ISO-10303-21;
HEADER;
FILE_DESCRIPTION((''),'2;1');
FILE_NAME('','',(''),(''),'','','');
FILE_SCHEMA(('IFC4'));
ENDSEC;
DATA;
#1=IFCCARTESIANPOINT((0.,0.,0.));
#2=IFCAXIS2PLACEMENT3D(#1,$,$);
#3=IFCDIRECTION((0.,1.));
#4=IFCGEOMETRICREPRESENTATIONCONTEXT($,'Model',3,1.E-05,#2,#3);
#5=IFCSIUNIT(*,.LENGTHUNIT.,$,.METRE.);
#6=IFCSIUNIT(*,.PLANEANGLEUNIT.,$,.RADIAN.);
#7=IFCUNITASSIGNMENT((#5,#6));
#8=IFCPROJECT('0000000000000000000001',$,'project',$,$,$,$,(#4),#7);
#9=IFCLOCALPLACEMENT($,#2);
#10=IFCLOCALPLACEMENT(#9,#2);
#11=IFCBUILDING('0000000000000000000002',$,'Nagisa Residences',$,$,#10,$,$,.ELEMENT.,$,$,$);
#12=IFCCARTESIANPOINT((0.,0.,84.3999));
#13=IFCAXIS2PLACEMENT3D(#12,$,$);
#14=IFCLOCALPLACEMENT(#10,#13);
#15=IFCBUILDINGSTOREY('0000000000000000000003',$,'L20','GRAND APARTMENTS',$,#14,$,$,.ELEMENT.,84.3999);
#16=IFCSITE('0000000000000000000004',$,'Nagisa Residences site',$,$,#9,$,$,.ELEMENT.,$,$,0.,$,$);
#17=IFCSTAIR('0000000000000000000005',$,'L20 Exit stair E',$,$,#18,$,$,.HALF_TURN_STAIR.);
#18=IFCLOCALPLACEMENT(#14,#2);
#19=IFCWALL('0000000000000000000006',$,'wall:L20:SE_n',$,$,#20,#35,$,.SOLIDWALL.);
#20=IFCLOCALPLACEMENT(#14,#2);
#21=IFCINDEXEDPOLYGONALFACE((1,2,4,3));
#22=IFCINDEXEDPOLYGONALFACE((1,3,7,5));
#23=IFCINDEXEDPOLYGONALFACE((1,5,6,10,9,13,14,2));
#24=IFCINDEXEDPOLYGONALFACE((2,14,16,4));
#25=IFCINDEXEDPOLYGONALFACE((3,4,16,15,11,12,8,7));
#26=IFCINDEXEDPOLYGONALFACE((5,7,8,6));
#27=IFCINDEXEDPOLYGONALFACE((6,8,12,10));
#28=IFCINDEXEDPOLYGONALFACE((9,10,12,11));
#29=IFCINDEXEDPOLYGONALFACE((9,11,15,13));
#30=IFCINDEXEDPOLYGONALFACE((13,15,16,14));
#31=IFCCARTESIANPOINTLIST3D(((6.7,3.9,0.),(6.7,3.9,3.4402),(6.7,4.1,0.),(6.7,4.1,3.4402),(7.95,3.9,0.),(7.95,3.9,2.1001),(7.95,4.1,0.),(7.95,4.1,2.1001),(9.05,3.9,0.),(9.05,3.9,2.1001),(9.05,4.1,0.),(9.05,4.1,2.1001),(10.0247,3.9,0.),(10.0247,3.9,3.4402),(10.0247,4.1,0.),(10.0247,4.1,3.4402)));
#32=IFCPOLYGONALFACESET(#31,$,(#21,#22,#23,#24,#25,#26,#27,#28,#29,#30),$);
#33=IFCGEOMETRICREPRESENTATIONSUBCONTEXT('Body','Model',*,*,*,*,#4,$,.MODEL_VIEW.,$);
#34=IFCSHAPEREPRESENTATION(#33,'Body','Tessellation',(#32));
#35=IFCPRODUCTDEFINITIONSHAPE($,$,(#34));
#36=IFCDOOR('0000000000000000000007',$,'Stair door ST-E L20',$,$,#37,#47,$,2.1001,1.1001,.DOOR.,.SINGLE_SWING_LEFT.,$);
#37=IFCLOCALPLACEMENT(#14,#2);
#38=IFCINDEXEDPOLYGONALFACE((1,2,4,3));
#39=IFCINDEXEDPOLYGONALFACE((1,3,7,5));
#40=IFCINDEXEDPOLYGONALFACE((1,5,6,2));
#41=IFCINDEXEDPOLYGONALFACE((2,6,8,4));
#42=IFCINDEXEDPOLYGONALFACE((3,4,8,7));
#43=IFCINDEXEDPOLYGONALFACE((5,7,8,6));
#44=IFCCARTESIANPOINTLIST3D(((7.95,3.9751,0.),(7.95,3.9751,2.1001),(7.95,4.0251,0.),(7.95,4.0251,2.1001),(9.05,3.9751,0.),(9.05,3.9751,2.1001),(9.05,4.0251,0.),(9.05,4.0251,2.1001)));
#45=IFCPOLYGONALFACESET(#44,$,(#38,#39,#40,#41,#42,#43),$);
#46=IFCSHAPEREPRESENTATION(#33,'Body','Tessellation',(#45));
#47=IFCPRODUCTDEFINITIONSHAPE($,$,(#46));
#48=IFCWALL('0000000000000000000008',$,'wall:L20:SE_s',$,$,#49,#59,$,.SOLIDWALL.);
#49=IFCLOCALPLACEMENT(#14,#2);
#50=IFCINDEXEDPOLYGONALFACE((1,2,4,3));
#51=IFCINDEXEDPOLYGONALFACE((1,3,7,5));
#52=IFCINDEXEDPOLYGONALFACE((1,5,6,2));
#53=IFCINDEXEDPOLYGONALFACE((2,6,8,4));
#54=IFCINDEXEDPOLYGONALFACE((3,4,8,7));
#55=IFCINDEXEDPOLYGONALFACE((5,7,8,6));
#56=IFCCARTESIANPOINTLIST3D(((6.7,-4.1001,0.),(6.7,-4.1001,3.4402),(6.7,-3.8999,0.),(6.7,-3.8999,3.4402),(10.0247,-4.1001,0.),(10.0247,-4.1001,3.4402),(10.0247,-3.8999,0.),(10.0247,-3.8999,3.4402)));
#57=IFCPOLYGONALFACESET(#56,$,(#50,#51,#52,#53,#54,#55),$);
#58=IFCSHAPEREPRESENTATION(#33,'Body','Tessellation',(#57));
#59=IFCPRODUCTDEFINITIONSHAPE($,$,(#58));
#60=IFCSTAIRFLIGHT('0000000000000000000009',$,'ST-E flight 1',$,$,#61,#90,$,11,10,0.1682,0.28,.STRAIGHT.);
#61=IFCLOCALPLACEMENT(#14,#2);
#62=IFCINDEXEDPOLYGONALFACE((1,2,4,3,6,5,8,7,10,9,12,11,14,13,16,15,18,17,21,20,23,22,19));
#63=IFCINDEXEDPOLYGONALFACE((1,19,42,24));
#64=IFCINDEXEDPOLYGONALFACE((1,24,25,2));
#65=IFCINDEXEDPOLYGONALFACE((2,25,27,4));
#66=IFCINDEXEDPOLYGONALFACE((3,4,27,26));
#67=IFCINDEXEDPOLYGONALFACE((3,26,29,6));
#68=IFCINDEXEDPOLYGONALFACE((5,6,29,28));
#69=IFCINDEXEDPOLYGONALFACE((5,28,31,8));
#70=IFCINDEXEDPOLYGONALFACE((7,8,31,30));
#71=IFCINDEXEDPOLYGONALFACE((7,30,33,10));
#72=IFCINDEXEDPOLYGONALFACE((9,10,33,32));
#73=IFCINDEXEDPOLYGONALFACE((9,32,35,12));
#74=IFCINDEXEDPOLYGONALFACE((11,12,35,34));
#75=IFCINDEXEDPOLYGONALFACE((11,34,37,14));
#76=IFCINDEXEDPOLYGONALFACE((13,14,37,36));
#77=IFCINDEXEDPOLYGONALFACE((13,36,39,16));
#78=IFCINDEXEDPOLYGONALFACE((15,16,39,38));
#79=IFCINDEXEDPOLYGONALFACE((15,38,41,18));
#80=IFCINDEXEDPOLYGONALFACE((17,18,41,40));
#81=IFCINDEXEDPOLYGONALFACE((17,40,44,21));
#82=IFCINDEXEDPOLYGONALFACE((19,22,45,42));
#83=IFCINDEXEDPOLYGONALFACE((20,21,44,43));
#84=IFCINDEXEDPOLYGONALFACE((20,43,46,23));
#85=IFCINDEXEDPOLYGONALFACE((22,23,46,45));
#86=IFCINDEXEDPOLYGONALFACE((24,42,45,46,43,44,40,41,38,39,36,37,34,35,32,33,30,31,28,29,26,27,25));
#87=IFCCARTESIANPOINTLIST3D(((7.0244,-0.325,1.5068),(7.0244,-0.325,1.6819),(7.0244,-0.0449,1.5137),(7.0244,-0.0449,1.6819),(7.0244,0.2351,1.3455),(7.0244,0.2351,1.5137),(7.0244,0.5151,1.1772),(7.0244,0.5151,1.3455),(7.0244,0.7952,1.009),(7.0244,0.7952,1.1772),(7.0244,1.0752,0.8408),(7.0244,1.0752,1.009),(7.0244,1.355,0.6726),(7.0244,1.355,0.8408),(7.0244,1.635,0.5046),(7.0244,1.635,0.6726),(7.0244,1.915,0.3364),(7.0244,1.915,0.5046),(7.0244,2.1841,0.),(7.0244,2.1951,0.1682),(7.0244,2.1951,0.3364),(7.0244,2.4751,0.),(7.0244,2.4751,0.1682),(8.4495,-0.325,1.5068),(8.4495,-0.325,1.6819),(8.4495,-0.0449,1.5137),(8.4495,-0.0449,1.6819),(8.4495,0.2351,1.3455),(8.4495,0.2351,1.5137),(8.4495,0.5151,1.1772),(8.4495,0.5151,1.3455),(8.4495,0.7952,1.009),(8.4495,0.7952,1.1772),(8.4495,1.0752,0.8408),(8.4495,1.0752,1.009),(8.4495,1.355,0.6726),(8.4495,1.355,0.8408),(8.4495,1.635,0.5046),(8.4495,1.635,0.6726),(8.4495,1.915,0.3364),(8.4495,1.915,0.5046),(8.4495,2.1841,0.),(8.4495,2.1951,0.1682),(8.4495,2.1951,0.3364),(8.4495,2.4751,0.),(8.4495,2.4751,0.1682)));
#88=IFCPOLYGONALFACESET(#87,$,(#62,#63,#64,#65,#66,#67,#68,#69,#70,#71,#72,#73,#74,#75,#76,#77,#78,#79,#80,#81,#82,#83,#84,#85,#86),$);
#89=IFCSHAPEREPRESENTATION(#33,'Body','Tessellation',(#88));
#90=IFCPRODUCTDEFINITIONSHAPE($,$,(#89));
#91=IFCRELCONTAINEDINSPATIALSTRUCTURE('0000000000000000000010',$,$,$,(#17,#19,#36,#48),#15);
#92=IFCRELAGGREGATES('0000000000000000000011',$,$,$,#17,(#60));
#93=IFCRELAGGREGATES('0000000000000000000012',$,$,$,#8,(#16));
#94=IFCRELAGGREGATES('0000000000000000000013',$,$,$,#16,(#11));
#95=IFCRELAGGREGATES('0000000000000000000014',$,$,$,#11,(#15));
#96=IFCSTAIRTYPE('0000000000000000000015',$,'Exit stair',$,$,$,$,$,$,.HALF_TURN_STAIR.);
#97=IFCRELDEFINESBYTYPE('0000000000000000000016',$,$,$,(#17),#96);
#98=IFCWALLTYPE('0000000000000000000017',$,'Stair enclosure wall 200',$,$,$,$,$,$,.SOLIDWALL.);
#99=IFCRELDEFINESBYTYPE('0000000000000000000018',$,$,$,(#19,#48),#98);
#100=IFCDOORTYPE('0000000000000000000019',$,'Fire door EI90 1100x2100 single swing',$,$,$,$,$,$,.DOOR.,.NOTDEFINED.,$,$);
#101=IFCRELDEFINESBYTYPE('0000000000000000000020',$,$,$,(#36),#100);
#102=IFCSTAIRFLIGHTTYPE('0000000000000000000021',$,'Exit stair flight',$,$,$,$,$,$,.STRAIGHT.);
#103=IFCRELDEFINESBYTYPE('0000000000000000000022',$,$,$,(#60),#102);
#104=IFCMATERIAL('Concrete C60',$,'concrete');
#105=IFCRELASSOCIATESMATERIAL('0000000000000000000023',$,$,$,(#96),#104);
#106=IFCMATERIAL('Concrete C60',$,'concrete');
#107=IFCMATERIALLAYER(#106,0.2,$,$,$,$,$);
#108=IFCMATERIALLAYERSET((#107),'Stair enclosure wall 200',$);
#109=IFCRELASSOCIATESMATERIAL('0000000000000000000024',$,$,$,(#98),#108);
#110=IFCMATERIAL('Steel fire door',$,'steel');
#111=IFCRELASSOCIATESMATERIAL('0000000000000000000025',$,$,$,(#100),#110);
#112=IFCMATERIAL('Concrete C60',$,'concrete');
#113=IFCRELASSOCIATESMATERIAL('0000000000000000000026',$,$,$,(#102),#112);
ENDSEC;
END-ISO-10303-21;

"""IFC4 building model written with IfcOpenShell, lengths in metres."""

from ifc_helpers import new_model, si_unit, direction, frame, frame_2d, origin, place, context, subcontext, project, spatial, polyline, rectangle, outline, extrude, material, layer, layer_set, type_object, element, fill, aggregate, save


model = new_model("IFC4")

# Units and contexts
model_context = context("Model", 3, precision=1e-05, world=origin(), true_north=direction((0.0, 1.0)))
body_context = subcontext(model_context, "Body", "Model", "MODEL_VIEW")
ifc_project = project(units=[si_unit("LENGTHUNIT", "METRE"), si_unit("PLANEANGLEUNIT", "RADIAN")], contexts=[model_context])

# Site, building, storey
site_placement = place(None, origin())
site = spatial("IfcSite", under=ifc_project, at=site_placement, Name="Nagisa Residences site", CompositionType="ELEMENT", RefElevation=0.0)
building_placement = place(site_placement, origin())
building = spatial("IfcBuilding", under=site, at=building_placement, Name="Nagisa Residences", CompositionType="ELEMENT")
storey_placement = place(building_placement, frame((0.0, 0.0, 84.3999)))
storey = spatial("IfcBuildingStorey", under=building, at=storey_placement, Name="L20", Description="GRAND APARTMENTS", CompositionType="ELEMENT", Elevation=84.3999)

# Stair
ifc_material_1 = material(Name="Concrete C60", Category="concrete")
stair_type = type_object("IfcStairType", Name="Exit stair", PredefinedType="HALF_TURN_STAIR", material=ifc_material_1)
stair_1_placement = place(storey_placement, origin())
stair_1 = element("IfcStair", 1, at=stair_1_placement, inside=storey, type_object=stair_type, Name="L20 Exit stair E", PredefinedType="HALF_TURN_STAIR")

# Wall, opening, door
ifc_material_2 = material(Name="Concrete C60", Category="concrete")
ifc_layer_1 = layer(ifc_material_2, 0.2)
ifc_layer_set_1 = layer_set([ifc_layer_1], Name="Stair enclosure wall 200")
wall_type_1 = type_object("IfcWallType", Name="Stair enclosure wall 200", PredefinedType="SOLIDWALL", material=ifc_layer_set_1)
wall_1_placement = place(storey_placement, frame((6.7, 4.0, 0.0), z_axis=(0.0, 0.0, 1.0), x_axis=(1.0, 0.0, 0.0)))
wall_1 = element("IfcWall", 2, at=wall_1_placement, inside=storey, type_object=wall_type_1, Name="wall:L20:SE_n", PredefinedType="SOLIDWALL", context=body_context, shape_type="SweptSolid", body=[
    extrude(rectangle(XDim=3.3247, YDim=0.2, at=frame_2d((1.6624, 0.0))), origin(), (0.0, 0.0, 1.0), 3.4402),
])
opening_1_placement = place(wall_1_placement, frame((1.25, 0.0, 0.0)))
opening_1 = element("IfcOpeningElement", 3, at=opening_1_placement, cuts=wall_1, PredefinedType="OPENING", context=body_context, shape_type="SweptSolid", body=[
    extrude(rectangle(XDim=1.1001, YDim=2.1001, at=frame_2d((0.55, 1.05))), frame((0.0, 0.1099, 0.0), z_axis=(0.0, -1.0, 0.0), x_axis=(1.0, 0.0, 0.0)), (0.0, 0.0, 1.0), 0.22),
])
ifc_material_3 = material(Name="Steel fire door", Category="steel")
door_type_1 = type_object("IfcDoorType", Name="Fire door EI90 1100x2100 single swing", OperationType="NOTDEFINED", PredefinedType="DOOR", material=ifc_material_3)
door_1_placement = place(opening_1_placement, frame((1.1001, 0.0, 0.0), x_axis=(-1.0, 0.0, 0.0)))
door_1 = element("IfcDoor", 4, at=door_1_placement, inside=storey, type_object=door_type_1, Name="Stair door ST-E L20", OperationType="SINGLE_SWING_LEFT", OverallHeight=2.1001, OverallWidth=1.1001, PredefinedType="DOOR", context=body_context, shape_type="SweptSolid", body=[
    extrude(rectangle(XDim=1.1001, YDim=2.1001, at=frame_2d((0.55, 1.05))), frame((0.0, 0.0249, 0.0), z_axis=(0.0, -1.0, 0.0), x_axis=(1.0, 0.0, 0.0)), (0.0, 0.0, 1.0), 0.05),
])
fill(opening_1, door_1)

# Wall
wall_2_placement = place(storey_placement, origin())
element("IfcWall", 5, at=wall_2_placement, inside=storey, type_object=wall_type_1, Name="wall:L20:SE_s", PredefinedType="SOLIDWALL", context=body_context, shape_type="SweptSolid", body=[
    extrude(outline(polyline([(10.0247, -4.1001), (6.7, -4.1001), (6.7, -3.8999), (10.0247, -3.8999), (10.0247, -4.1001)])), origin(), (0.0, 0.0, 1.0), 3.4402),
])

# Stair flight
ifc_material_4 = material(Name="Concrete C60", Category="concrete")
stair_flight_type = type_object("IfcStairFlightType", Name="Exit stair flight", PredefinedType="STRAIGHT", material=ifc_material_4)
stair_flight_placement = place(storey_placement, frame((7.7371, 2.4751, 0.0), z_axis=(0.0, 0.0, 1.0), x_axis=(0.0, -1.0, 0.0)))
stair_flight = element("IfcStairFlight", 6, at=stair_flight_placement, type_object=stair_flight_type, Name="ST-E flight 1", NumberOfRisers=11, NumberOfTreads=10, PredefinedType="STRAIGHT", RiserHeight=0.1682, TreadLength=0.28, context=body_context, shape_type="SweptSolid", body=[
    extrude(outline(polyline([(0.0, 0.0), (0.0, 0.1682), (0.28, 0.1682), (0.28, 0.3364), (0.5601, 0.3364), (0.5601, 0.5046), (0.8401, 0.5046), (0.8401, 0.6726), (1.1201, 0.6726), (1.1201, 0.8408), (1.3999, 0.8408), (1.3999, 1.009), (1.6799, 1.009), (1.6799, 1.1772), (1.96, 1.1772), (1.96, 1.3455), (2.24, 1.3455), (2.24, 1.5137), (2.52, 1.5137), (2.52, 1.6819), (2.8, 1.6819), (2.8, 1.8501), (2.8, 1.5068), (0.291, 0.0), (0.0, 0.0)])), frame((0.0, 0.7124, 0.0), z_axis=(0.0, -1.0, 0.0), x_axis=(1.0, 0.0, 0.0)), (0.0, 0.0, 1.0), 1.425),
])
aggregate(stair_1, [stair_flight])

save(model, "model.ifc")
